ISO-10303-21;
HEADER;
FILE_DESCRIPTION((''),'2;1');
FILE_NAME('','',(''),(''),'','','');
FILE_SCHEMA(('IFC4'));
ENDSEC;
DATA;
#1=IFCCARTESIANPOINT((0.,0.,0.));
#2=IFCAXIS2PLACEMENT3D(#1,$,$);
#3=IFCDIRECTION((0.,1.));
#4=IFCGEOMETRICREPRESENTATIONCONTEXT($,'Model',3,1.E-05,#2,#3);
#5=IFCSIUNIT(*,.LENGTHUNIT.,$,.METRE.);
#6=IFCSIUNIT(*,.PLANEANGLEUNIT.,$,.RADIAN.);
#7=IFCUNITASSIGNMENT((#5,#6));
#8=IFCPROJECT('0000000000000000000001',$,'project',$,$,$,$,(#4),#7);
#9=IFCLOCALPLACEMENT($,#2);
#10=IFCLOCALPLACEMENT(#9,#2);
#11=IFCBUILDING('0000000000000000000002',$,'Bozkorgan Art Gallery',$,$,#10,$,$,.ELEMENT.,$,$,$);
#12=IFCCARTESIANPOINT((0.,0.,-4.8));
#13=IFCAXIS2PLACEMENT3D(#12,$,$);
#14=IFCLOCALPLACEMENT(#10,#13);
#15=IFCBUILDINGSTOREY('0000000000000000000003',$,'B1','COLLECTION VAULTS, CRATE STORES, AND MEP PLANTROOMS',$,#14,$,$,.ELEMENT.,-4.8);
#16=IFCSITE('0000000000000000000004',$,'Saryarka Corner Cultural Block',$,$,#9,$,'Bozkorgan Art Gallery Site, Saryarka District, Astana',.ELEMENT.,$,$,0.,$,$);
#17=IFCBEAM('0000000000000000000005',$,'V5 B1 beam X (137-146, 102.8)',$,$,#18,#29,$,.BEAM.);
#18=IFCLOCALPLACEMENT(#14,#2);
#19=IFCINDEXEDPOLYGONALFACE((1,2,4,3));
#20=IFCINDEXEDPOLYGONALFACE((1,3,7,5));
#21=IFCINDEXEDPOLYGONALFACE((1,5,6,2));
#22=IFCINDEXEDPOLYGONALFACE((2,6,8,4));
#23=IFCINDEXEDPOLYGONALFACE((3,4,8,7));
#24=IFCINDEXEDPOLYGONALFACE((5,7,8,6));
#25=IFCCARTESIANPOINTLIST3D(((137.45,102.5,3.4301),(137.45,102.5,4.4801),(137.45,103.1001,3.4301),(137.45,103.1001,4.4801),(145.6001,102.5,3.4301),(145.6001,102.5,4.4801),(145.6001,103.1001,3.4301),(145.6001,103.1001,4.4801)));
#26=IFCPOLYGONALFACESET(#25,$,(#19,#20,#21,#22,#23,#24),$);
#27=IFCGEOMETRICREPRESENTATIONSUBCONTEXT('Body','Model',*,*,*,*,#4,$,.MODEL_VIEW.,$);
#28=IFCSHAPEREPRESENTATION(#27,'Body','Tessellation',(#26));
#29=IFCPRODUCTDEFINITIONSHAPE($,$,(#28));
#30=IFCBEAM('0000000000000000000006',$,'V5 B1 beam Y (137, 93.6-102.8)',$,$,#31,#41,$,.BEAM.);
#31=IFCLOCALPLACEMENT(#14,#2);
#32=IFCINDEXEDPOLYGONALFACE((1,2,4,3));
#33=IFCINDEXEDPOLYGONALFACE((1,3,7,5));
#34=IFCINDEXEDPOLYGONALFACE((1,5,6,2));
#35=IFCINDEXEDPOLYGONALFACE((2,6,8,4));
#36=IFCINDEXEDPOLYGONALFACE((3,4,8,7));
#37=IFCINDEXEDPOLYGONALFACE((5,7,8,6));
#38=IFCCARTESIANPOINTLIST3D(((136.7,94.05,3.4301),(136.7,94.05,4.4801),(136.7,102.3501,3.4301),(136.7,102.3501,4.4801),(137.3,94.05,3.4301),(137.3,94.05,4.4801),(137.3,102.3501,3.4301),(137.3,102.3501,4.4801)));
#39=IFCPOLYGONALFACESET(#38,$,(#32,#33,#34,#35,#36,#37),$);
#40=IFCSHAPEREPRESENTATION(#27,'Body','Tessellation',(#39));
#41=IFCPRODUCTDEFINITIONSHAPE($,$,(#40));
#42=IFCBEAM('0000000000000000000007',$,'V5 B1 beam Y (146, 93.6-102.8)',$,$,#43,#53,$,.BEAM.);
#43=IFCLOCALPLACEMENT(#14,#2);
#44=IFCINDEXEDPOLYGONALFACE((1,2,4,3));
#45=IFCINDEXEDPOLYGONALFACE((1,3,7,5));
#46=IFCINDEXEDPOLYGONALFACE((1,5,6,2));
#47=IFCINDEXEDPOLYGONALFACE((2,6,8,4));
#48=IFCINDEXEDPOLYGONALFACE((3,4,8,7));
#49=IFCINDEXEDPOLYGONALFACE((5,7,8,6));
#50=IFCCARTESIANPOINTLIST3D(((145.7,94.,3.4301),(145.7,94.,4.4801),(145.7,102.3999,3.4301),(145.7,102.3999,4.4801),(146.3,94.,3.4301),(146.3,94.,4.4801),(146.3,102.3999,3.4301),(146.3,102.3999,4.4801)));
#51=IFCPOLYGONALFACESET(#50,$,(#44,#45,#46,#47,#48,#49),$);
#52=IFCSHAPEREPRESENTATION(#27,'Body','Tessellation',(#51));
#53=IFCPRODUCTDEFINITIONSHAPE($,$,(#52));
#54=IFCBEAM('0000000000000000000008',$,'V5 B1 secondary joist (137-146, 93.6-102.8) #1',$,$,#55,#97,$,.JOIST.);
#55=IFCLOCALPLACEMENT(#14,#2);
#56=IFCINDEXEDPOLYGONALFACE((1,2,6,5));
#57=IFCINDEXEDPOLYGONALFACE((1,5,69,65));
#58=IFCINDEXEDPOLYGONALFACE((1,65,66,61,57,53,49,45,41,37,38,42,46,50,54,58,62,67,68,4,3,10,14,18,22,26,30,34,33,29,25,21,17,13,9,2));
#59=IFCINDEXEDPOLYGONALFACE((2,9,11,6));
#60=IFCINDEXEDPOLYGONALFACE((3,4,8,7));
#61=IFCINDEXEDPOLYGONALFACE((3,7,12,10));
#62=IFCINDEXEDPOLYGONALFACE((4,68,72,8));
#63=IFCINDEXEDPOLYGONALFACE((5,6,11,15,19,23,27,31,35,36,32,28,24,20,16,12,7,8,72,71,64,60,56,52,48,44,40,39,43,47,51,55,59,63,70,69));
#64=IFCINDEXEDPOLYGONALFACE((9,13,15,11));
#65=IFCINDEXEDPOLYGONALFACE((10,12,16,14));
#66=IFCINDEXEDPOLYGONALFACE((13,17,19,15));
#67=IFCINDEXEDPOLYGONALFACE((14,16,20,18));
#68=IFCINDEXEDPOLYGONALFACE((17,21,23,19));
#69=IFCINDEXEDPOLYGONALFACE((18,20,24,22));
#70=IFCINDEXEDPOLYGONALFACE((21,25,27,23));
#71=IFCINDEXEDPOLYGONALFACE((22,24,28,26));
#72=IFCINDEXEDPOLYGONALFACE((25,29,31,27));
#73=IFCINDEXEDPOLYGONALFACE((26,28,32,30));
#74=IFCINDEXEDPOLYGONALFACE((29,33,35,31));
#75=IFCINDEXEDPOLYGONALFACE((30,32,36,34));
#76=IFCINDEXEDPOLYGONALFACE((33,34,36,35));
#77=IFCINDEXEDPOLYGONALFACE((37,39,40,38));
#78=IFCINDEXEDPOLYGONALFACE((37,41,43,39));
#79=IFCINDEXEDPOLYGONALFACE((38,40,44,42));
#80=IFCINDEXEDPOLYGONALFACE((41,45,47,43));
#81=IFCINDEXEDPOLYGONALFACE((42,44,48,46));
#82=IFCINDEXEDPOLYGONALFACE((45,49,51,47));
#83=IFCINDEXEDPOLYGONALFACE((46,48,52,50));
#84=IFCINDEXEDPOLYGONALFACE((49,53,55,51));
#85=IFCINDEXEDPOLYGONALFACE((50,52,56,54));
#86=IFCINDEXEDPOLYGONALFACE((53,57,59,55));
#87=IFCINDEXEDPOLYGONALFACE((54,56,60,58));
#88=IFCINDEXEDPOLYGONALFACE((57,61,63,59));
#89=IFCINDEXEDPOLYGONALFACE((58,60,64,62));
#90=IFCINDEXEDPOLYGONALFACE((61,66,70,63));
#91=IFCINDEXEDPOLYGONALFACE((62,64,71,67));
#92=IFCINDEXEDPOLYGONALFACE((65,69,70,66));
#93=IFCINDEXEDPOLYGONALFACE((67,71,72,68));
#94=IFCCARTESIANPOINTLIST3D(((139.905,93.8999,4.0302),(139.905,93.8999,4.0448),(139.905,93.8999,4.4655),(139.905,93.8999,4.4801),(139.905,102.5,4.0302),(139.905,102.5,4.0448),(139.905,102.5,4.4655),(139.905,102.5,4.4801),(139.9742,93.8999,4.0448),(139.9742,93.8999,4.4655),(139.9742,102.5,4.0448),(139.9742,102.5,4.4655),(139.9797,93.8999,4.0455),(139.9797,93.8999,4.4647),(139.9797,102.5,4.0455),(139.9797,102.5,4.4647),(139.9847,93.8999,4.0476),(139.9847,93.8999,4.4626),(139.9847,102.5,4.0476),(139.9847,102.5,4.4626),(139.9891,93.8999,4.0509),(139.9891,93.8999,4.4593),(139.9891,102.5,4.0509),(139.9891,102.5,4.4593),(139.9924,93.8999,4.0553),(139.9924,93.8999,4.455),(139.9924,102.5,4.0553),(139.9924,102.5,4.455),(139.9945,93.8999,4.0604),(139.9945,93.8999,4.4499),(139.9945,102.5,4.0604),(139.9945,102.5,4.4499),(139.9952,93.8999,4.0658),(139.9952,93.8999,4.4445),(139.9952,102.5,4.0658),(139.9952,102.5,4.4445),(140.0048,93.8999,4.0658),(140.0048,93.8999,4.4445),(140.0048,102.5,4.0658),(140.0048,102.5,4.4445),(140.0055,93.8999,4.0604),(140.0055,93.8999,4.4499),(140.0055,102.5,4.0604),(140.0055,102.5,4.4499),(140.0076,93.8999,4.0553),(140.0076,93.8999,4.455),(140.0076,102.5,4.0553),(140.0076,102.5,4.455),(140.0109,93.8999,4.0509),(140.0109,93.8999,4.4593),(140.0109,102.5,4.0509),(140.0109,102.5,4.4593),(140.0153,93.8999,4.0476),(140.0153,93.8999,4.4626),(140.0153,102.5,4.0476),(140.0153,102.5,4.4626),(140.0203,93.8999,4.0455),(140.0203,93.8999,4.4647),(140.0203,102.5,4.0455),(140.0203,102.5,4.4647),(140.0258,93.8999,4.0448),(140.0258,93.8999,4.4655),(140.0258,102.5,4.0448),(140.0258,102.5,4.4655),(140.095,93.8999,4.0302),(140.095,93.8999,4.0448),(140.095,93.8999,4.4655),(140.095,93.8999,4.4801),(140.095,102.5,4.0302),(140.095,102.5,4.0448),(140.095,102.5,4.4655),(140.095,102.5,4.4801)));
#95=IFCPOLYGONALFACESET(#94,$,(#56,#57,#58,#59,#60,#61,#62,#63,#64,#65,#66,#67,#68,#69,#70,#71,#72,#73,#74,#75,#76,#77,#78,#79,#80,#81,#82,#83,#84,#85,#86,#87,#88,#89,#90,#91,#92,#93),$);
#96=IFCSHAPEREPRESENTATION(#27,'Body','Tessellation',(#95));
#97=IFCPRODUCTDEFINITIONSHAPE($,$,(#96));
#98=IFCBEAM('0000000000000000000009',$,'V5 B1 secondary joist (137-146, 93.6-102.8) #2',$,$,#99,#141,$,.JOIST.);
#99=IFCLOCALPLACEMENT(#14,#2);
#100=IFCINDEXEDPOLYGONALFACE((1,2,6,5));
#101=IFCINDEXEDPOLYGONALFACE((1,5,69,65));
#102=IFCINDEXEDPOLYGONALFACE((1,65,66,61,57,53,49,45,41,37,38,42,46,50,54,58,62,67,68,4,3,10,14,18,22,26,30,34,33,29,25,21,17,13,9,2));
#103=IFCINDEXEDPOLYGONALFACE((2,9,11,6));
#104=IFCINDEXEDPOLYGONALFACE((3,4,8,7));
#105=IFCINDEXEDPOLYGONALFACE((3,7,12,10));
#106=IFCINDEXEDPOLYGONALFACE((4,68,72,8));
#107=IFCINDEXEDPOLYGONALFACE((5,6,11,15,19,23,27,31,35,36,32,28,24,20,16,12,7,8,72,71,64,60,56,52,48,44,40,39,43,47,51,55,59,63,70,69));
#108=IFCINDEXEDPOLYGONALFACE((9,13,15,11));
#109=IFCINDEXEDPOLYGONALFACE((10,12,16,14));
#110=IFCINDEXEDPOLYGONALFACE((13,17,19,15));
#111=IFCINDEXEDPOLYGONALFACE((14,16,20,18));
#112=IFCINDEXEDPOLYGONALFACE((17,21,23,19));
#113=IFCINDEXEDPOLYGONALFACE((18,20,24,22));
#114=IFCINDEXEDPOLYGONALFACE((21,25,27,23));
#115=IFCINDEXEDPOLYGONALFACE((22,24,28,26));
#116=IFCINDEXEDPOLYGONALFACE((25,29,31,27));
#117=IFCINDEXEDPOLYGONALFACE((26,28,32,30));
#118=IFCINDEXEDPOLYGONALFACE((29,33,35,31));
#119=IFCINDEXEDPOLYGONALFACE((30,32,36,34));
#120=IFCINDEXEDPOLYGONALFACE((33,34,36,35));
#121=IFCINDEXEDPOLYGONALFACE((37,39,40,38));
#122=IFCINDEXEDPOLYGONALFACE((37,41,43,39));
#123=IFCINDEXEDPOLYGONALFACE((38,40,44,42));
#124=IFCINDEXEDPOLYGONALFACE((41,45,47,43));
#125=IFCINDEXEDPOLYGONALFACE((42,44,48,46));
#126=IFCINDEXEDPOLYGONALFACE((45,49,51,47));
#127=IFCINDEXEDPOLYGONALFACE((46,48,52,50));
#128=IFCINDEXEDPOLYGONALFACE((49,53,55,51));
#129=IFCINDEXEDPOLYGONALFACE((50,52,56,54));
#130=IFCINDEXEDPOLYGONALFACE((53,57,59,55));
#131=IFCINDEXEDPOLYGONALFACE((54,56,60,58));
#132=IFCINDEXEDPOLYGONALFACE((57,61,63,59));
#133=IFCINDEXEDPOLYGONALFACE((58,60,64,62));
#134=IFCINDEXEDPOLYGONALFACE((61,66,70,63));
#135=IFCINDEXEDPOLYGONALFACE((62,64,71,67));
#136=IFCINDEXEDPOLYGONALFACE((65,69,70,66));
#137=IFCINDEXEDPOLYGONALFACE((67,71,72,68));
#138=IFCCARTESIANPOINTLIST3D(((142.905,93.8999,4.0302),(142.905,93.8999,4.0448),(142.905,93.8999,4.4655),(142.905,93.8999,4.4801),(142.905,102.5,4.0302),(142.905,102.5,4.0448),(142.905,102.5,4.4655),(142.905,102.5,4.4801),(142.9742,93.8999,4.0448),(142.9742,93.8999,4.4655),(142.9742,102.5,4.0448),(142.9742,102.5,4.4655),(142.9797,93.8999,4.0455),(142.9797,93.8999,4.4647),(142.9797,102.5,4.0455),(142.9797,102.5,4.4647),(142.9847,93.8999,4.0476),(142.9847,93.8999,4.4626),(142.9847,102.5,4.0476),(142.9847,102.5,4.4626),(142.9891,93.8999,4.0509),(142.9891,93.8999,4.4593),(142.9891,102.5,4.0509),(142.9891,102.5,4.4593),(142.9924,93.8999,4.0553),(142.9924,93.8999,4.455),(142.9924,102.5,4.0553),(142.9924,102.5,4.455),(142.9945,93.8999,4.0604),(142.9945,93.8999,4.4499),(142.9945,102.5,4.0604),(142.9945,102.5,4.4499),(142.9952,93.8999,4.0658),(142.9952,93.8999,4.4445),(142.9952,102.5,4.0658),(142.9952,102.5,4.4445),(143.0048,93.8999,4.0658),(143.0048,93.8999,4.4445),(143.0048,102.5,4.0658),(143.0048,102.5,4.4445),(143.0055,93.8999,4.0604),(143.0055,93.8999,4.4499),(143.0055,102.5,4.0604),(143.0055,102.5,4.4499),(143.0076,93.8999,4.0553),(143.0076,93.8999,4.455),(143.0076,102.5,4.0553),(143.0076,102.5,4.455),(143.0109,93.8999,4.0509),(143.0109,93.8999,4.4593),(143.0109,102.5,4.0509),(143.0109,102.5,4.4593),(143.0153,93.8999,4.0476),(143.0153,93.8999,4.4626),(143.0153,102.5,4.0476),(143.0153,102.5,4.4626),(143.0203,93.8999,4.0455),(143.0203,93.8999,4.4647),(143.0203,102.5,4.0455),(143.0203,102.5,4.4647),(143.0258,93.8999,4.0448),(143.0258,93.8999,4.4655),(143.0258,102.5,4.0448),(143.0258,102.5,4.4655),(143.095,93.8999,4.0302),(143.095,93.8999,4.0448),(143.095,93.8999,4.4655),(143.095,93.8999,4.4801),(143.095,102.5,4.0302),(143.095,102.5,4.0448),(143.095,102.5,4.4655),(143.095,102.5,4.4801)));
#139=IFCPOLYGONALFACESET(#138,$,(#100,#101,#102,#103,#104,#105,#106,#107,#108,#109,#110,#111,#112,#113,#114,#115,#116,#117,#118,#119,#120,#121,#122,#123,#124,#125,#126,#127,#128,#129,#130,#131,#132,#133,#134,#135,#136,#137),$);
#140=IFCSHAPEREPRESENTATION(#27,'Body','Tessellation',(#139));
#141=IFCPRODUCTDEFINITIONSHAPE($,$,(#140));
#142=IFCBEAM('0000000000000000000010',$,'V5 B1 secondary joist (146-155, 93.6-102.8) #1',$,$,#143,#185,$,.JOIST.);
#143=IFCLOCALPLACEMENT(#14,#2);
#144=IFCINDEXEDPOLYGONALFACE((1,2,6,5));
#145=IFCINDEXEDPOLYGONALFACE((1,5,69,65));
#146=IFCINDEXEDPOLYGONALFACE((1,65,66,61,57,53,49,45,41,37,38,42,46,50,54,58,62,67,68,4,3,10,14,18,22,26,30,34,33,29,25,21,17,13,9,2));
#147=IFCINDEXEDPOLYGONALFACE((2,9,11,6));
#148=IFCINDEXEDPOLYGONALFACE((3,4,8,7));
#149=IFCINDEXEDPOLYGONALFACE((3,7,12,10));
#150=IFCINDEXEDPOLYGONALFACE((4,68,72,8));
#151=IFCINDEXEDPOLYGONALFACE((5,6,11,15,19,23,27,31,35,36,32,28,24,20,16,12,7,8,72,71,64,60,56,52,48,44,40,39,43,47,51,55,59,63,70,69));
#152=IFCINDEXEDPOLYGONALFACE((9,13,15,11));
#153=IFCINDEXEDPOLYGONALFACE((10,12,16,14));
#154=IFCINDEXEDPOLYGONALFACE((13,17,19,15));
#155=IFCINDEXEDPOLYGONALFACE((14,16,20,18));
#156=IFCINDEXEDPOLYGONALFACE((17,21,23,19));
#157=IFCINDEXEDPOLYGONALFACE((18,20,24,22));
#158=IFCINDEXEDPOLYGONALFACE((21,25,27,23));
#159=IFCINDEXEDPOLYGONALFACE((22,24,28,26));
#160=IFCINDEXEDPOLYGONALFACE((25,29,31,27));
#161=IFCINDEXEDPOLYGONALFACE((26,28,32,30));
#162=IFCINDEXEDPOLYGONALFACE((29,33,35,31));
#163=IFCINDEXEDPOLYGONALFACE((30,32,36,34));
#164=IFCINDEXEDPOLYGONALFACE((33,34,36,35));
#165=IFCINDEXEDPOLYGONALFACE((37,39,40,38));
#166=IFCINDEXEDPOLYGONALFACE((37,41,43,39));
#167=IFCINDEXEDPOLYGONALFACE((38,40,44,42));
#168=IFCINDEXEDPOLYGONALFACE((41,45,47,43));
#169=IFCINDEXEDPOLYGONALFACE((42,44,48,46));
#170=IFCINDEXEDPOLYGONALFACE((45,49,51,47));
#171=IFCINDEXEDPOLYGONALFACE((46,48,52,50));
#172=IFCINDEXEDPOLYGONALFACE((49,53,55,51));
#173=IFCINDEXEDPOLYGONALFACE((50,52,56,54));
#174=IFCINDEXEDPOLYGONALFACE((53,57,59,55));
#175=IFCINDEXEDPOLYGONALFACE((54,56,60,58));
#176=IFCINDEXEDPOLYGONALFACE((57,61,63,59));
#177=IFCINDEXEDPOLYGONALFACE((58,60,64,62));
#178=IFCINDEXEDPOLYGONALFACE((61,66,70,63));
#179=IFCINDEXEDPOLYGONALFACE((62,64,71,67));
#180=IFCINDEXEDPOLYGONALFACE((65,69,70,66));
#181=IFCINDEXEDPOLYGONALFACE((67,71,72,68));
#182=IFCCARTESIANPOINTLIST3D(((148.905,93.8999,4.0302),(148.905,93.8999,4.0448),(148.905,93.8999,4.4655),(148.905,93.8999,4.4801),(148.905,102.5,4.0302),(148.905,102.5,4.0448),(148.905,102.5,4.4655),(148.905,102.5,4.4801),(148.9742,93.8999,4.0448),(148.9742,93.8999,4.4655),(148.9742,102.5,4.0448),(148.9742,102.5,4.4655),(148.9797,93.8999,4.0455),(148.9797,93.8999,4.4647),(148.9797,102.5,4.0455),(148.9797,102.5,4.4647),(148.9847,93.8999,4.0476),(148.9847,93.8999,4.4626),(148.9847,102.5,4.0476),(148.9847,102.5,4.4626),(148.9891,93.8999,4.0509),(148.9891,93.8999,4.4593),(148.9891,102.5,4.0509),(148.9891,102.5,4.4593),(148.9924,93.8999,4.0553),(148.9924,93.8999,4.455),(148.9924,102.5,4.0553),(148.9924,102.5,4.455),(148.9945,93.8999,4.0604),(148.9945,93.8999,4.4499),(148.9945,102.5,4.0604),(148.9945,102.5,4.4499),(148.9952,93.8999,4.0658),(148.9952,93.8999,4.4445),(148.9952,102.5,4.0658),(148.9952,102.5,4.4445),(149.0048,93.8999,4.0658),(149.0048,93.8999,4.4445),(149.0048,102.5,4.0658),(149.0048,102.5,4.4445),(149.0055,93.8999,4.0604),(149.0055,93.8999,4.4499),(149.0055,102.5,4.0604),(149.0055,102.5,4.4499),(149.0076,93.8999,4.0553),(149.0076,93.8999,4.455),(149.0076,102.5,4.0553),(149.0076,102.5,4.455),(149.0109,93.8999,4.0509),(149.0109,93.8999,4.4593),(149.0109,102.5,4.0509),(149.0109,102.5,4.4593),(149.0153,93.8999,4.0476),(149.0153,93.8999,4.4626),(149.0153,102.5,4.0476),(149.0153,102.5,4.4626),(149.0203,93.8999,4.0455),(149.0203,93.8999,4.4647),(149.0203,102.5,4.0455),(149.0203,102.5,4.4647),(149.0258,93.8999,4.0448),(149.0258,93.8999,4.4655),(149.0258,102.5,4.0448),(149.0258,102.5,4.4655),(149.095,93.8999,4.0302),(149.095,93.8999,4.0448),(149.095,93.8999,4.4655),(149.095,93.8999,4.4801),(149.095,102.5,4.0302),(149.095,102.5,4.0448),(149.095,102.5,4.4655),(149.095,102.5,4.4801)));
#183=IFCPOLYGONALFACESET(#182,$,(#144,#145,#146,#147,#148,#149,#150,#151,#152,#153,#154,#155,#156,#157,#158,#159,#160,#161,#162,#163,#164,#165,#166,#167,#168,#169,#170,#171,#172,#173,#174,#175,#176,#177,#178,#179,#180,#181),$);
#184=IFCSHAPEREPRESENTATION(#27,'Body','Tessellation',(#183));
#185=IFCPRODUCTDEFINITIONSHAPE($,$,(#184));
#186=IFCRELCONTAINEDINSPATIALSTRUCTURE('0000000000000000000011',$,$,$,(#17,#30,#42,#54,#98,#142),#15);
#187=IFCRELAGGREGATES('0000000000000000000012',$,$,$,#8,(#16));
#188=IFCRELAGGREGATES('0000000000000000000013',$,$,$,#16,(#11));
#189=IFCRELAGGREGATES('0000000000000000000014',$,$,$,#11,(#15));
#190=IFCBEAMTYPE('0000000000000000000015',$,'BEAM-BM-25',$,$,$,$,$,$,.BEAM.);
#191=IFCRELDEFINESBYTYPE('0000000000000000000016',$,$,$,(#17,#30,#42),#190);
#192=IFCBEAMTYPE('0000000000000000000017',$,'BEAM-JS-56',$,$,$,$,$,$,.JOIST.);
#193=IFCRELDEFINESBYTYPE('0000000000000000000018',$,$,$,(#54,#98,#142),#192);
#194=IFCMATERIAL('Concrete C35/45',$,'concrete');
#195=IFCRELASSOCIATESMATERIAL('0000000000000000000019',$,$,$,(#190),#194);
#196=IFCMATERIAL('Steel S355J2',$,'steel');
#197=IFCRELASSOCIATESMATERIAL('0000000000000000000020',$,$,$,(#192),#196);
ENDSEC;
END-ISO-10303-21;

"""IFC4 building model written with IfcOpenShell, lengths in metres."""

from ifc_helpers import new_model, si_unit, direction, frame, origin, origin_2d, place, context, subcontext, project, spatial, rectangle, i_section, extrude, material, material_profile, profile_set, type_object, element, save


model = new_model("IFC4")

# Units and contexts
model_context = context("Model", 3, precision=1e-05, world=origin(), true_north=direction((0.0, 1.0)))
body_context = subcontext(model_context, "Body", "Model", "MODEL_VIEW")
ifc_project = project(units=[si_unit("LENGTHUNIT", "METRE"), si_unit("PLANEANGLEUNIT", "RADIAN")], contexts=[model_context])

# Site, building, storey
site_placement = place(None, origin())
site = spatial("IfcSite", under=ifc_project, at=site_placement, Name="Saryarka Corner Cultural Block", LongName="Bozkorgan Art Gallery Site, Saryarka District, Astana", CompositionType="ELEMENT", RefElevation=0.0)
building_placement = place(site_placement, origin())
building = spatial("IfcBuilding", under=site, at=building_placement, Name="Bozkorgan Art Gallery", CompositionType="ELEMENT")
storey_placement = place(building_placement, frame((0.0, 0.0, -4.8)))
storey = spatial("IfcBuildingStorey", under=building, at=storey_placement, Name="B1", Description="COLLECTION VAULTS, CRATE STORES, AND MEP PLANTROOMS", CompositionType="ELEMENT", Elevation=-4.8)

# Beams
ifc_material_1 = material(Name="Concrete C35/45", Category="concrete")
ifc_material_profile_1 = material_profile(ifc_material_1, rectangle(XDim=0.6001, YDim=1.05, at=origin_2d()), Name="RC 600x1050")
ifc_profile_set_1 = profile_set([ifc_material_profile_1], Name="Concrete C35/45")
beam_type_1 = type_object("IfcBeamType", Name="BEAM-BM-25", PredefinedType="BEAM", material=ifc_profile_set_1)
beam_1_placement = place(storey_placement, frame((137.45, 102.8, 3.9551), z_axis=(1.0, 0.0, 0.0), x_axis=(0.0, 1.0, 0.0)))
element("IfcBeam", 1, at=beam_1_placement, inside=storey, type_object=beam_type_1, Name="V5 B1 beam X (137-146, 102.8)", PredefinedType="BEAM", context=body_context, shape_type="SweptSolid", body=[
    extrude(rectangle(XDim=0.6001, YDim=1.05, at=origin_2d()), origin(), (0.0, 0.0, 1.0), 8.1501),
])
beam_2_placement = place(storey_placement, frame((137.0, 94.05, 3.9551), z_axis=(0.0, 1.0, 0.0), x_axis=(-1.0, 0.0, 0.0)))
element("IfcBeam", 2, at=beam_2_placement, inside=storey, type_object=beam_type_1, Name="V5 B1 beam Y (137, 93.6-102.8)", PredefinedType="BEAM", context=body_context, shape_type="SweptSolid", body=[
    extrude(rectangle(XDim=0.6001, YDim=1.05, at=origin_2d()), origin(), (0.0, 0.0, 1.0), 8.3),
])
beam_3_placement = place(storey_placement, frame((146.0, 94.0, 3.9551), z_axis=(0.0, 1.0, 0.0), x_axis=(-1.0, 0.0, 0.0)))
element("IfcBeam", 3, at=beam_3_placement, inside=storey, type_object=beam_type_1, Name="V5 B1 beam Y (146, 93.6-102.8)", PredefinedType="BEAM", context=body_context, shape_type="SweptSolid", body=[
    extrude(rectangle(XDim=0.6001, YDim=1.05, at=origin_2d()), origin(), (0.0, 0.0, 1.0), 8.3999),
])
ifc_material_2 = material(Name="Steel S355J2", Category="steel")
ifc_material_profile_2 = material_profile(ifc_material_2, i_section(OverallWidth=0.1899, OverallDepth=0.45, WebThickness=0.0095, FlangeThickness=0.0146, FilletRadius=0.021, at=origin_2d()), Name="IPE 450")
ifc_profile_set_2 = profile_set([ifc_material_profile_2], Name="Steel S355J2")
beam_type_2 = type_object("IfcBeamType", Name="BEAM-JS-56", PredefinedType="JOIST", material=ifc_profile_set_2)
for number, where, z_axis, x_axis, name in (
    (4, (140.0, 93.8999, 4.2551), (0.0, 1.0, 0.0), (-1.0, 0.0, 0.0), "V5 B1 secondary joist (137-146, 93.6-102.8) #1"),
    (5, (143.0, 93.8999, 4.2551), (0.0, 1.0, 0.0), (-1.0, 0.0, 0.0), "V5 B1 secondary joist (137-146, 93.6-102.8) #2"),
    (6, (149.0, 93.8999, 4.2551), (0.0, 1.0, 0.0), (-1.0, 0.0, 0.0), "V5 B1 secondary joist (146-155, 93.6-102.8) #1"),
):
    element("IfcBeam", number, at=place(storey_placement, frame(where, z_axis=z_axis, x_axis=x_axis)), inside=storey, type_object=beam_type_2, Name=name, PredefinedType="JOIST", context=body_context, shape_type="SweptSolid", body=[
        extrude(i_section(OverallWidth=0.1899, OverallDepth=0.45, WebThickness=0.0095, FlangeThickness=0.0146, FilletRadius=0.021, at=origin_2d()), origin(), (0.0, 0.0, 1.0), 8.6001),
    ])

save(model, "model.ifc")
